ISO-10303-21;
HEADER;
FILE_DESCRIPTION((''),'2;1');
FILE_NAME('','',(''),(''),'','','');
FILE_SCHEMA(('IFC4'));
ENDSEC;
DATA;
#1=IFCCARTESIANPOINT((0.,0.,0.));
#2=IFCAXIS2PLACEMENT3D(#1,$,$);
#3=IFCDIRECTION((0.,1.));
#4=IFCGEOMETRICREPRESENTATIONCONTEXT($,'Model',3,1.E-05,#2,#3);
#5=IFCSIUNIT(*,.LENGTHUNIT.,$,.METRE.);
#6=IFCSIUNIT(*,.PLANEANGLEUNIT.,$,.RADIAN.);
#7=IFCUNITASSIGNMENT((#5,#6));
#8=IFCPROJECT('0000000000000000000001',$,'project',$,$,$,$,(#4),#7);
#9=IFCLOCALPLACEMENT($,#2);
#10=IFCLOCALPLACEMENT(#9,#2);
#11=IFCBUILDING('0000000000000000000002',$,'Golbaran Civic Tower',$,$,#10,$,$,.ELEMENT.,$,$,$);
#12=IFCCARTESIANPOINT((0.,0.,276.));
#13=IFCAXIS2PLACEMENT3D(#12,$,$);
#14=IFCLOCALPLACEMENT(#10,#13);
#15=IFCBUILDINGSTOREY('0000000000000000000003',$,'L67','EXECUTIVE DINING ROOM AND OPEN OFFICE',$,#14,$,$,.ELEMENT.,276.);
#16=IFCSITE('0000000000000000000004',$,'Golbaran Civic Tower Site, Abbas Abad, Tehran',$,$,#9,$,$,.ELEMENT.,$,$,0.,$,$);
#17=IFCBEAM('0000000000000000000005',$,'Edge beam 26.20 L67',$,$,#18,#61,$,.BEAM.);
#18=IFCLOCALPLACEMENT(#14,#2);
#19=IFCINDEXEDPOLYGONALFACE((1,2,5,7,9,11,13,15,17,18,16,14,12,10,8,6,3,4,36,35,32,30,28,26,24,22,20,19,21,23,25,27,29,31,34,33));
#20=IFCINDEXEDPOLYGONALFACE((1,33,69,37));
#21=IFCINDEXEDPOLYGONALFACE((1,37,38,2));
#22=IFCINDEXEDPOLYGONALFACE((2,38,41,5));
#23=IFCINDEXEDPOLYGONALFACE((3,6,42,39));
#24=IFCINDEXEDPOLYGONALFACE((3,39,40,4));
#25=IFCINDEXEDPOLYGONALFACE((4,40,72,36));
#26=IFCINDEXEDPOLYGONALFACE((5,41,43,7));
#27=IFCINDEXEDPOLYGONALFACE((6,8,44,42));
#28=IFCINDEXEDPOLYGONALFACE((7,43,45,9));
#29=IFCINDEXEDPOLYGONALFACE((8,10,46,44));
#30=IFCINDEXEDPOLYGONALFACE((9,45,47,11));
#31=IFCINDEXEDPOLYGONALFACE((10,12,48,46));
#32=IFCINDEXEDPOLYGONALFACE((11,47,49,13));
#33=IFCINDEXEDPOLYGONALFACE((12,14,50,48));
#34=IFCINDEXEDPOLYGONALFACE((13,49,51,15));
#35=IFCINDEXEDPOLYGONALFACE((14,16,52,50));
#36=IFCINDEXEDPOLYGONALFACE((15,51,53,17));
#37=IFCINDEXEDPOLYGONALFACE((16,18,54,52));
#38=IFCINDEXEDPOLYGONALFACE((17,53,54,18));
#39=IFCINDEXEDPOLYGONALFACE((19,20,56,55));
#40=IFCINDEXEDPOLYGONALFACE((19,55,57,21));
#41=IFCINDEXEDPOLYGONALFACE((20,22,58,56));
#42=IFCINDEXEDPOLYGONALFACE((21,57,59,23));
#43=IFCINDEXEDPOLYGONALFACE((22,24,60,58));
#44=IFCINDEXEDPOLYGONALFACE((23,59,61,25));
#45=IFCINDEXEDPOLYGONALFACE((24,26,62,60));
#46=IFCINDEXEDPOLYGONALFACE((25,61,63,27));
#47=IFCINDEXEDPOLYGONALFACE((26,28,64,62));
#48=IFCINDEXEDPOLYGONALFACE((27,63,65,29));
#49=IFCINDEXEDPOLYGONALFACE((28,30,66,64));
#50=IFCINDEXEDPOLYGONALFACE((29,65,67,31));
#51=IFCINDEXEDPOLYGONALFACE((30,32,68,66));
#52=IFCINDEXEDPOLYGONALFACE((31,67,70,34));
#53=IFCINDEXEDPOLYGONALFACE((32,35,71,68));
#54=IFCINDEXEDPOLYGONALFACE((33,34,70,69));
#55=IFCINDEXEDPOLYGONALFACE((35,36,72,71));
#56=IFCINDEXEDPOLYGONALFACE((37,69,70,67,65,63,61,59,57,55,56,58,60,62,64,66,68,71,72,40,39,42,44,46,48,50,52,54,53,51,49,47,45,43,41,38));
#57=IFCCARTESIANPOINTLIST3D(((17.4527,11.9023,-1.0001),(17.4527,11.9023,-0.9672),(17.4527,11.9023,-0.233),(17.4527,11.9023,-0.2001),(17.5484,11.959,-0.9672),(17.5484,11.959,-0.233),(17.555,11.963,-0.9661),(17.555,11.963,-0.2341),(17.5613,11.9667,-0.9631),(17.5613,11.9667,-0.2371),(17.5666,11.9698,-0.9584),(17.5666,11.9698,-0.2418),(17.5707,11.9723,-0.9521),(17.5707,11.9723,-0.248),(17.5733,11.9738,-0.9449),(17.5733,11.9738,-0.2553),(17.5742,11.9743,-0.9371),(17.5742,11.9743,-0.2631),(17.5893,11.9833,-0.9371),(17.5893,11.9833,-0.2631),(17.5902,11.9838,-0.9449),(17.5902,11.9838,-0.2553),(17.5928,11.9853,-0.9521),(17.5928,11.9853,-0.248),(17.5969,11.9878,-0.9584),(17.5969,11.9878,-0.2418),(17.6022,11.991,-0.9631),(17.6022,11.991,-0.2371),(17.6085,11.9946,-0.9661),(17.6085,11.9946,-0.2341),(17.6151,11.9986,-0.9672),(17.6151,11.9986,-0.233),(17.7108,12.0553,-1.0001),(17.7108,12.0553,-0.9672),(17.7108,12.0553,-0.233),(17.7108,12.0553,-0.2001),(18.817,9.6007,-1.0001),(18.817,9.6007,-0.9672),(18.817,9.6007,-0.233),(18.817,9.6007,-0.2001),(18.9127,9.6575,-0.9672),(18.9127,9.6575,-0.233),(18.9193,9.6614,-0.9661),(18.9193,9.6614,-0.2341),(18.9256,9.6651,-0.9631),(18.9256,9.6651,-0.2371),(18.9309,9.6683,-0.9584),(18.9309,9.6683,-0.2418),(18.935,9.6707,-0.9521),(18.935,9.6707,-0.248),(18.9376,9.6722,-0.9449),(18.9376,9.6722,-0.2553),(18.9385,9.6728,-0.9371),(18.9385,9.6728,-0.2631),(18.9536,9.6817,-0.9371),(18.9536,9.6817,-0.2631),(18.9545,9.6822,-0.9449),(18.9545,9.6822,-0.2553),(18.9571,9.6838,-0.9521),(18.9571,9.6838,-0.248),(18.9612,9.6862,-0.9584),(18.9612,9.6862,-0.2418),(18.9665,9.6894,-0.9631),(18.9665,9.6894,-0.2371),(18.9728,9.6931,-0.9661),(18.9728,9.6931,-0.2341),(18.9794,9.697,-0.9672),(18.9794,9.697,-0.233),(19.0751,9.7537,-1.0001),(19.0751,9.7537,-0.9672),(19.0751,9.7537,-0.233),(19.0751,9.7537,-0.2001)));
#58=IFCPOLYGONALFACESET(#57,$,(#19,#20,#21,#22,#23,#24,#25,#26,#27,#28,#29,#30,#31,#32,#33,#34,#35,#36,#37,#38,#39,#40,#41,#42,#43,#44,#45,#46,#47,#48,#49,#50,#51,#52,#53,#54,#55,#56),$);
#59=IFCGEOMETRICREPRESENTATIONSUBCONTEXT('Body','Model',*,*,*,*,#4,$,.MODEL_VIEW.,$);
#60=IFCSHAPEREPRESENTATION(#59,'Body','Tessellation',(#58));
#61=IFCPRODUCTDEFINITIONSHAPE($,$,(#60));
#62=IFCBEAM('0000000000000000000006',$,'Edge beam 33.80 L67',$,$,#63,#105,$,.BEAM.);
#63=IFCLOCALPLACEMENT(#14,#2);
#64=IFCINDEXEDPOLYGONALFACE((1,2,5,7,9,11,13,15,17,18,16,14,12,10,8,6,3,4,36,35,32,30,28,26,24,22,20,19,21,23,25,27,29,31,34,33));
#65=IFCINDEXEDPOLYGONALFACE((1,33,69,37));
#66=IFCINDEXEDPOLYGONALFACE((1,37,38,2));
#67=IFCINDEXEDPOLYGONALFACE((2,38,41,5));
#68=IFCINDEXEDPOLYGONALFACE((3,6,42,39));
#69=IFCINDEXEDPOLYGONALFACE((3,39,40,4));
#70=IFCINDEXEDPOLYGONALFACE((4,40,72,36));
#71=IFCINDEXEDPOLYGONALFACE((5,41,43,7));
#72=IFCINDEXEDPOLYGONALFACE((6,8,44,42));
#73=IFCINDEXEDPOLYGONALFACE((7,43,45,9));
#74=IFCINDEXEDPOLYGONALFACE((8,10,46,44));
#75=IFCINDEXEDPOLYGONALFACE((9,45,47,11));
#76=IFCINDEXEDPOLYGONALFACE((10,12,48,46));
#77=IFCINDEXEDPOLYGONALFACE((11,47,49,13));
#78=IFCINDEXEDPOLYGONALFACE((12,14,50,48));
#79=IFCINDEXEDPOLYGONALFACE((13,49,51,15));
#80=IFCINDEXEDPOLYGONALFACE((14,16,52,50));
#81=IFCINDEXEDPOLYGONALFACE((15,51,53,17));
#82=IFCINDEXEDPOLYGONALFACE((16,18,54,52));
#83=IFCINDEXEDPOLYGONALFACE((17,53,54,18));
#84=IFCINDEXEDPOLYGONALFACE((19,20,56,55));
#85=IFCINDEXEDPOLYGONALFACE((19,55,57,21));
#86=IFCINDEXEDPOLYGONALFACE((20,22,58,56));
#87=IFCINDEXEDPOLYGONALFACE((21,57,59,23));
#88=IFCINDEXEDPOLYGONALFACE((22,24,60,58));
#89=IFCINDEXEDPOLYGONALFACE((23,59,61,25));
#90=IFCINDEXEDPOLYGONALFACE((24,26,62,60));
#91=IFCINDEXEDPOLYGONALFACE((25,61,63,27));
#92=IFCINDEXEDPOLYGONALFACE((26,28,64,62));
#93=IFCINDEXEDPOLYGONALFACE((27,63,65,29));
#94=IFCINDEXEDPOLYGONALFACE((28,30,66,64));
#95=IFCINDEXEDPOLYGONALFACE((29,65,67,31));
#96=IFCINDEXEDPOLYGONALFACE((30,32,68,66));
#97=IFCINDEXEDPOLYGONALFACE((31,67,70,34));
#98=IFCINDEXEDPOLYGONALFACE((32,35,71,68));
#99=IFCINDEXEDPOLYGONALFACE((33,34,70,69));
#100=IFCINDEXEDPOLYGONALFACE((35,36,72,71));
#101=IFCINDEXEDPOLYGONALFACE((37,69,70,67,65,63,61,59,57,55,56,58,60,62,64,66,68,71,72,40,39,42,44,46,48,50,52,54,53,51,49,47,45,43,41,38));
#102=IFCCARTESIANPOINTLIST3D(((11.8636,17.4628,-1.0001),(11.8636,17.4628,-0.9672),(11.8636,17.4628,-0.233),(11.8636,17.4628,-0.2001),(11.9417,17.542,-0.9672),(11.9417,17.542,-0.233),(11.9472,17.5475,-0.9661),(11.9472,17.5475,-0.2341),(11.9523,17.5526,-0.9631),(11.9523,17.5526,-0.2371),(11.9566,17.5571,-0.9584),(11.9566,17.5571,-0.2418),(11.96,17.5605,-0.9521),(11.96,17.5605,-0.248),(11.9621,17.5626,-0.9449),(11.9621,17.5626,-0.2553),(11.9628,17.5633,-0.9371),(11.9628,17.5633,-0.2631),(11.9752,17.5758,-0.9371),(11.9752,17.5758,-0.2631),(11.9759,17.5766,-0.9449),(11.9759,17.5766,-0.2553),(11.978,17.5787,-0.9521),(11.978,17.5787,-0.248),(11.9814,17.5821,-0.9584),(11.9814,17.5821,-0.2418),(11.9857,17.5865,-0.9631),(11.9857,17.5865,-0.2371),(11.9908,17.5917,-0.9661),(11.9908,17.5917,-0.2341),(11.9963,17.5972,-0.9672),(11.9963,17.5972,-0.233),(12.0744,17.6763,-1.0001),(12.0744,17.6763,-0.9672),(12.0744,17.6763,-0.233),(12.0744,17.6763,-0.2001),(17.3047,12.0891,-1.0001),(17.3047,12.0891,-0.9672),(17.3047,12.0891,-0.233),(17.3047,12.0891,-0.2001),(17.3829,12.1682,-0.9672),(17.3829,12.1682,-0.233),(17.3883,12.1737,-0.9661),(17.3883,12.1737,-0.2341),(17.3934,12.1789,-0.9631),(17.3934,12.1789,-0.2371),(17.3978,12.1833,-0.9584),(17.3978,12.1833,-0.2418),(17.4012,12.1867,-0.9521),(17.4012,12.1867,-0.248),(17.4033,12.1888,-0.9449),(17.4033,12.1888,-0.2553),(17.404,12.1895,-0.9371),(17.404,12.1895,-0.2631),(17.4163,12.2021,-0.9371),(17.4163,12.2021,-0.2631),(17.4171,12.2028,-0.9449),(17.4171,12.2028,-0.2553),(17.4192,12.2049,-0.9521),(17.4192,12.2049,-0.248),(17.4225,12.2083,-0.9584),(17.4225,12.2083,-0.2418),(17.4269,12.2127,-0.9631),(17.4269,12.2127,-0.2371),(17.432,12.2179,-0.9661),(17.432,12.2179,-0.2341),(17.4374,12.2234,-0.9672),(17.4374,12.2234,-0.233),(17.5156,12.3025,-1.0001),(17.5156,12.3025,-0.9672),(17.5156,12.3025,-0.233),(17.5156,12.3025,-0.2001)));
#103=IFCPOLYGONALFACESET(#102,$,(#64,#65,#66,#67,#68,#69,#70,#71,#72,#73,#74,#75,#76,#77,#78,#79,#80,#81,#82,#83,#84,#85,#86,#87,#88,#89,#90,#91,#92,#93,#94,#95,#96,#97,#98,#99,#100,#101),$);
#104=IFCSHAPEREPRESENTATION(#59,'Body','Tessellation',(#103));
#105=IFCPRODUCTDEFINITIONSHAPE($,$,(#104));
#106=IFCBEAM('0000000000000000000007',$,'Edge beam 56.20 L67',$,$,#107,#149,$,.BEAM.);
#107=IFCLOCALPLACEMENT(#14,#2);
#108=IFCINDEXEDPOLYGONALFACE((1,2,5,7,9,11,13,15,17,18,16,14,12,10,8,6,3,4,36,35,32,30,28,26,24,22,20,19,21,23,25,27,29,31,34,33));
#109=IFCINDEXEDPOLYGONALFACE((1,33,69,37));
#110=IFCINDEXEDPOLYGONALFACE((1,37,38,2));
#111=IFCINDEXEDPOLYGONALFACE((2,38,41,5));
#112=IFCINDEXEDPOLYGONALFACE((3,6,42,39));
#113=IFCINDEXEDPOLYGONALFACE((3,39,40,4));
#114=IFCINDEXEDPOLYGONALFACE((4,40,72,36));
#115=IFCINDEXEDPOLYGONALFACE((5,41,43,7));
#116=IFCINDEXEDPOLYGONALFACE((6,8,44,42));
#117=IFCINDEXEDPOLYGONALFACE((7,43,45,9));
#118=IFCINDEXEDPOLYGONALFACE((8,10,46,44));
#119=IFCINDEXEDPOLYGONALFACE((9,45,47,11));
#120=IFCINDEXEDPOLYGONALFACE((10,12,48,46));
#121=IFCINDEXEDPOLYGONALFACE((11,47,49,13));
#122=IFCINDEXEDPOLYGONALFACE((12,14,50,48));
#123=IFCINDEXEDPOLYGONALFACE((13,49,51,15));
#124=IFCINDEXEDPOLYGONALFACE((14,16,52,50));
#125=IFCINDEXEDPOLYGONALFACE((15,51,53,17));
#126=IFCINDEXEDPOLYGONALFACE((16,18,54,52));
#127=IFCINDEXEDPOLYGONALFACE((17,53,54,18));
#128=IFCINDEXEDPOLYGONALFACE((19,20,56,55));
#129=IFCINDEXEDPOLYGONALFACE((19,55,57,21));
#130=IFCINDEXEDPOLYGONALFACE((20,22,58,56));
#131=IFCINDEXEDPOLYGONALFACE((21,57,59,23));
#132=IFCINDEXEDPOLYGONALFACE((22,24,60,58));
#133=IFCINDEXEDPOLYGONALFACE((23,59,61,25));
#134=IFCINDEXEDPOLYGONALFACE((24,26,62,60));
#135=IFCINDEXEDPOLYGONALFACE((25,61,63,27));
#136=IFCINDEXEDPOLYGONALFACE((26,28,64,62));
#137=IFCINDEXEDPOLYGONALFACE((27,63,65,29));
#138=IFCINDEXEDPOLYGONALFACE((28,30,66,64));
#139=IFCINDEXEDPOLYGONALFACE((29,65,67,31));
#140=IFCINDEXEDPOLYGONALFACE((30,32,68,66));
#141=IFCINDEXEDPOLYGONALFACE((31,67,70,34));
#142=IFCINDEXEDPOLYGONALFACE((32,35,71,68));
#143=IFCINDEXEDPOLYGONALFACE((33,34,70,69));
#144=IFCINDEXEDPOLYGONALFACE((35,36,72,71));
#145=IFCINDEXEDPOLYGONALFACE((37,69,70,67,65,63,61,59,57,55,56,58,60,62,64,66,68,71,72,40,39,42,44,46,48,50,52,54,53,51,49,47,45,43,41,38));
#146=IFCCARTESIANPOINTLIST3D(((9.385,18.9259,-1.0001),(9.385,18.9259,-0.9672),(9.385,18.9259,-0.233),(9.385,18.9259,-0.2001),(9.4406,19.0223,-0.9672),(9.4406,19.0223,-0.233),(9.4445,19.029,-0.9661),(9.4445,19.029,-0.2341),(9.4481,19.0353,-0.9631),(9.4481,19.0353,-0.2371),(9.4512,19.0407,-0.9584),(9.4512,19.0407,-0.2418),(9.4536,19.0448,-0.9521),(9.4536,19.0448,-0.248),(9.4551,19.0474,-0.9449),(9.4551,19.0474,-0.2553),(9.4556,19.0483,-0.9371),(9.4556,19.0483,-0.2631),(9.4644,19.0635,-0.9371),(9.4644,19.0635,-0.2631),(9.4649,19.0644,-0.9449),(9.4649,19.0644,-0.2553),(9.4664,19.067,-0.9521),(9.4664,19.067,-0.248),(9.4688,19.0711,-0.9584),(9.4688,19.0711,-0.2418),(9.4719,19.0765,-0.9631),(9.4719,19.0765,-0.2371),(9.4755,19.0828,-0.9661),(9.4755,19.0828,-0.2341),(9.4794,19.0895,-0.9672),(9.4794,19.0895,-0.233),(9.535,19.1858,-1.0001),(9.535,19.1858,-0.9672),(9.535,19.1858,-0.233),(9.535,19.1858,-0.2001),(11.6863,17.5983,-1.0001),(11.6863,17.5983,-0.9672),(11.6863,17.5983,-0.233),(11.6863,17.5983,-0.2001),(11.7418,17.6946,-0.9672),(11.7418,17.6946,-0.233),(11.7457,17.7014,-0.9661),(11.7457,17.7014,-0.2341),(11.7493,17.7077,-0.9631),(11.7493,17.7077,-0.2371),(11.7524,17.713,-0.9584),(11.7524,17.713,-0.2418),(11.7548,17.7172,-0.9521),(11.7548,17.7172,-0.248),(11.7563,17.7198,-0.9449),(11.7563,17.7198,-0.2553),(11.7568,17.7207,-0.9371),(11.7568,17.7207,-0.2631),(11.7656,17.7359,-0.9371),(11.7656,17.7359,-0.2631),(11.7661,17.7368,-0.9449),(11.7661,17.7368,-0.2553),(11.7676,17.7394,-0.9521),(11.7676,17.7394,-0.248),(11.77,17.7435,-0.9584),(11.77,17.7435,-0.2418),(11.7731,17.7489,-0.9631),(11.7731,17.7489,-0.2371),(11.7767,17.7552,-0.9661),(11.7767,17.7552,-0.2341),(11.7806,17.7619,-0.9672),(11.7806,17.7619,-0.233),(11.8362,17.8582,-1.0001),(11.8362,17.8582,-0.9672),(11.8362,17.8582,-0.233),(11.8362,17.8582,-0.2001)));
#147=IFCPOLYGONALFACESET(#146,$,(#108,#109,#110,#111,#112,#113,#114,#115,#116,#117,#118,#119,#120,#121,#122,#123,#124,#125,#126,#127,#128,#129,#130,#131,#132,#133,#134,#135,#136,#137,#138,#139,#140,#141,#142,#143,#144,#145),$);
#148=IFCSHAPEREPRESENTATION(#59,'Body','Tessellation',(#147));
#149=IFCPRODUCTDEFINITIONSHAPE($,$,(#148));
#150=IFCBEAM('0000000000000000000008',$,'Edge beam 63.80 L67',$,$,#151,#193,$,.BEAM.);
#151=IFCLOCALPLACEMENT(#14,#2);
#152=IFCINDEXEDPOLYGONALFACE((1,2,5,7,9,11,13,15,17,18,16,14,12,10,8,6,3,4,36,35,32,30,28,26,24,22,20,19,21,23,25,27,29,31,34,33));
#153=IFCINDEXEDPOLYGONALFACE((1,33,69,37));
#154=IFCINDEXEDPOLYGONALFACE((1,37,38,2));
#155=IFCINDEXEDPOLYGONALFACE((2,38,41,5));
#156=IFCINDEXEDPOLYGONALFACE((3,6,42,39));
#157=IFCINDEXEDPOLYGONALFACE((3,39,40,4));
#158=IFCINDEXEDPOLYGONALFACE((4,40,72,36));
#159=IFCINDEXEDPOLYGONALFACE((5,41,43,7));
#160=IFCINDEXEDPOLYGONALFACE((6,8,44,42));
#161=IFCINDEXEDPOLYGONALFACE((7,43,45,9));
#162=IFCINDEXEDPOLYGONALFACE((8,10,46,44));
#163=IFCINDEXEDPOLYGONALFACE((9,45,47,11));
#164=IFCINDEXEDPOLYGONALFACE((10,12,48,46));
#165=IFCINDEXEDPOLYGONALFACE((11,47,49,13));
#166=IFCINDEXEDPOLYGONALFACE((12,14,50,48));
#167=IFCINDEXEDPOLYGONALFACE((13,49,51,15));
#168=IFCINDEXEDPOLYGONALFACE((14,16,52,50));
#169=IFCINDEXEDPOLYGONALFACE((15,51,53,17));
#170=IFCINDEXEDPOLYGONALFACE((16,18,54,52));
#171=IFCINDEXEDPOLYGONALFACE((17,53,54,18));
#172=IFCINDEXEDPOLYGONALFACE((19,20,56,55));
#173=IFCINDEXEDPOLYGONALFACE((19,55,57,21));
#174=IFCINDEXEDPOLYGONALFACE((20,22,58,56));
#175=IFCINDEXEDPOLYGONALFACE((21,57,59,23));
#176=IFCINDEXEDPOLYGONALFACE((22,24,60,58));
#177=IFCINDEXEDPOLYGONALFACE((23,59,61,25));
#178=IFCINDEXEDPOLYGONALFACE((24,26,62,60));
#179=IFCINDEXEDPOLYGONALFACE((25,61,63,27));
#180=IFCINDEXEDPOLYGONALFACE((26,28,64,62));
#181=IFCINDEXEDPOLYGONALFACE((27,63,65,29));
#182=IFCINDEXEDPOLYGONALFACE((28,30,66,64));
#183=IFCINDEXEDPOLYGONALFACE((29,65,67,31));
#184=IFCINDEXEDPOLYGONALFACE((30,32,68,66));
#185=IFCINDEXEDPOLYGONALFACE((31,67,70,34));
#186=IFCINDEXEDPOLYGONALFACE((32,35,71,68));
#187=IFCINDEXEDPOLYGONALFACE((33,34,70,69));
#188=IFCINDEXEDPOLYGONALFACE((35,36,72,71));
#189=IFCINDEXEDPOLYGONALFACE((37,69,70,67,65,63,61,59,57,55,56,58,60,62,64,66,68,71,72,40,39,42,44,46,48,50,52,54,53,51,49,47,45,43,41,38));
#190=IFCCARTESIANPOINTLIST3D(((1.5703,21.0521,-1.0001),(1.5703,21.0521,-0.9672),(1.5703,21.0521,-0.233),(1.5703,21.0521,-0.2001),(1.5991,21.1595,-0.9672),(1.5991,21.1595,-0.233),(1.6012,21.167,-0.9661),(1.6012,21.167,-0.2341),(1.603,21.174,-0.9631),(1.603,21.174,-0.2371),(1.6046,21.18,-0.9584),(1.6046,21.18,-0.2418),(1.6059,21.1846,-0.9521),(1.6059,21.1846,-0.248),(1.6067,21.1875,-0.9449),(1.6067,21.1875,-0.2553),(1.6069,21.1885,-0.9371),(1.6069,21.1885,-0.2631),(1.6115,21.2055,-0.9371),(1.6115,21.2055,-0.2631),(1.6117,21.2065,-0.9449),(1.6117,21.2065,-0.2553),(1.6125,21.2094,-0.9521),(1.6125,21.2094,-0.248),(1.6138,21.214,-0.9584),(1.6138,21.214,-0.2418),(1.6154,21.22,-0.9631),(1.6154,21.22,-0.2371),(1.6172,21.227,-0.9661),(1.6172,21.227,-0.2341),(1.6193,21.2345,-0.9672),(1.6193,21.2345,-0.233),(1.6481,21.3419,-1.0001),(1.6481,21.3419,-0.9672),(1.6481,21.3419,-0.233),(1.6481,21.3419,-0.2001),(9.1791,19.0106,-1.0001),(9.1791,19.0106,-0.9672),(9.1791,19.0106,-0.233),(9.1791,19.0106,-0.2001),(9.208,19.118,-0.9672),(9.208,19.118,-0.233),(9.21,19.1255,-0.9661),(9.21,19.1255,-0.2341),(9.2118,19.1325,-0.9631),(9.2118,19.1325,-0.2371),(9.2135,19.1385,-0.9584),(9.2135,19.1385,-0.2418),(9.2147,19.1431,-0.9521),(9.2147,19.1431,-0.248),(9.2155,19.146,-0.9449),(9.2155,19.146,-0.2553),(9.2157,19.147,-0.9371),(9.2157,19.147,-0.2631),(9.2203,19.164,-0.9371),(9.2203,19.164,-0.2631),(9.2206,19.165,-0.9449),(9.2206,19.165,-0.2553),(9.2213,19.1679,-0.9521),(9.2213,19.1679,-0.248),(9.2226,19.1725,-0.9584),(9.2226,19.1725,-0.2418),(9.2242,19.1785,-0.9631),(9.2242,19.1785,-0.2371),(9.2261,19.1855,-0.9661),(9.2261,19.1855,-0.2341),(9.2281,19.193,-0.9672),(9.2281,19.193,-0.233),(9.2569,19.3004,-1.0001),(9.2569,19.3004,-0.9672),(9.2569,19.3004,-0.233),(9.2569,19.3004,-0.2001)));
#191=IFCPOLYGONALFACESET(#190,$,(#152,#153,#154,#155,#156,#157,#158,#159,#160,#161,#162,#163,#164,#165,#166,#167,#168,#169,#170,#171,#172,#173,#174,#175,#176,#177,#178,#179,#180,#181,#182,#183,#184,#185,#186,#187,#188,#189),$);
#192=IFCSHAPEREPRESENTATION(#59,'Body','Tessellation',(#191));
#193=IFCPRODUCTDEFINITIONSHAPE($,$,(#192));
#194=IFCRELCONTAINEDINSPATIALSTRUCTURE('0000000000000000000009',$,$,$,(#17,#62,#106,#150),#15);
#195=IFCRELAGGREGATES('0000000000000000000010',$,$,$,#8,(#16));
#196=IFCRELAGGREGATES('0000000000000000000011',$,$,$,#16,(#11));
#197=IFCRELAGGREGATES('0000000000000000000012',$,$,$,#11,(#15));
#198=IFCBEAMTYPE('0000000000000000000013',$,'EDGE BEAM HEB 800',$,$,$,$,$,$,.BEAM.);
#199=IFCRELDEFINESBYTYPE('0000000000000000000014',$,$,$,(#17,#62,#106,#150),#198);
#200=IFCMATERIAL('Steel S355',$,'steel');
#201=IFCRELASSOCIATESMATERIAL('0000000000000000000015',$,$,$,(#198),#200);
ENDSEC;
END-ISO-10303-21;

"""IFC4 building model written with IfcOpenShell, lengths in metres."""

from ifc_helpers import new_model, si_unit, direction, frame, origin, origin_2d, place, context, subcontext, project, spatial, i_section, extrude, material, material_profile, profile_set, type_object, element, save


model = new_model("IFC4")

# Units and contexts
model_context = context("Model", 3, precision=1e-05, world=origin(), true_north=direction((0.0, 1.0)))
body_context = subcontext(model_context, "Body", "Model", "MODEL_VIEW")
ifc_project = project(units=[si_unit("LENGTHUNIT", "METRE"), si_unit("PLANEANGLEUNIT", "RADIAN")], contexts=[model_context])

# Site, building, storey
site_placement = place(None, origin())
site = spatial("IfcSite", under=ifc_project, at=site_placement, Name="Golbaran Civic Tower Site, Abbas Abad, Tehran", CompositionType="ELEMENT", RefElevation=0.0)
building_placement = place(site_placement, origin())
building = spatial("IfcBuilding", under=site, at=building_placement, Name="Golbaran Civic Tower", CompositionType="ELEMENT")
storey_placement = place(building_placement, frame((0.0, 0.0, 276.0)))
storey = spatial("IfcBuildingStorey", under=building, at=storey_placement, Name="L67", Description="EXECUTIVE DINING ROOM AND OPEN OFFICE", CompositionType="ELEMENT", Elevation=276.0)

# Beams
ifc_material_1 = material(Name="Steel S355", Category="steel")
ifc_material_profile_1 = material_profile(ifc_material_1, i_section(OverallWidth=0.3, OverallDepth=0.8, WebThickness=0.0176, FlangeThickness=0.033, FilletRadius=0.03, at=origin_2d()), Name="HEB 800")
ifc_profile_set_1 = profile_set([ifc_material_profile_1], Name="Steel S355")
beam_type_1 = type_object("IfcBeamType", Name="EDGE BEAM HEB 800", PredefinedType="BEAM", material=ifc_profile_set_1)
beam_1_placement = place(storey_placement, frame((18.946, 9.6772, -0.6001), z_axis=(-0.509912, 0.860226, 0.0), x_axis=(-0.860226, -0.509912, 0.0)))
element("IfcBeam", 1, at=beam_1_placement, inside=storey, type_object=beam_type_1, Name="Edge beam 26.20 L67", PredefinedType="BEAM", context=body_context, shape_type="SweptSolid", body=[
    extrude(i_section(OverallWidth=0.3, OverallDepth=0.8, WebThickness=0.0176, FlangeThickness=0.033, FilletRadius=0.03, at=origin_2d()), origin(), (0.0, 0.0, 1.0), 2.6755),
])
beam_2_placement = place(storey_placement, frame((17.4102, 12.1958, -0.6001), z_axis=(-0.711499, 0.702687, 0.0), x_axis=(-0.702687, -0.711499, 0.0)))
element("IfcBeam", 2, at=beam_2_placement, inside=storey, type_object=beam_type_1, Name="Edge beam 33.80 L67", PredefinedType="BEAM", context=body_context, shape_type="SweptSolid", body=[
    extrude(i_section(OverallWidth=0.3, OverallDepth=0.8, WebThickness=0.0176, FlangeThickness=0.033, FilletRadius=0.03, at=origin_2d()), origin(), (0.0, 0.0, 1.0), 7.6475),
])
beam_3_placement = place(storey_placement, frame((11.7612, 17.7283, -0.6001), z_axis=(-0.866189, 0.499717, 0.0), x_axis=(-0.499717, -0.866189, 0.0)))
element("IfcBeam", 3, at=beam_3_placement, inside=storey, type_object=beam_type_1, Name="Edge beam 56.20 L67", PredefinedType="BEAM", context=body_context, shape_type="SweptSolid", body=[
    extrude(i_section(OverallWidth=0.3, OverallDepth=0.8, WebThickness=0.0176, FlangeThickness=0.033, FilletRadius=0.03, at=origin_2d()), origin(), (0.0, 0.0, 1.0), 2.6567),
])
beam_4_placement = place(storey_placement, frame((9.218, 19.1555, -0.6001), z_axis=(-0.96584, 0.25914, 0.0), x_axis=(-0.25914, -0.96584, 0.0)))
element("IfcBeam", 4, at=beam_4_placement, inside=storey, type_object=beam_type_1, Name="Edge beam 63.80 L67", PredefinedType="BEAM", context=body_context, shape_type="SweptSolid", body=[
    extrude(i_section(OverallWidth=0.3, OverallDepth=0.8, WebThickness=0.0176, FlangeThickness=0.033, FilletRadius=0.03, at=origin_2d()), origin(), (0.0, 0.0, 1.0), 7.8779),
])

save(model, "model.ifc")
